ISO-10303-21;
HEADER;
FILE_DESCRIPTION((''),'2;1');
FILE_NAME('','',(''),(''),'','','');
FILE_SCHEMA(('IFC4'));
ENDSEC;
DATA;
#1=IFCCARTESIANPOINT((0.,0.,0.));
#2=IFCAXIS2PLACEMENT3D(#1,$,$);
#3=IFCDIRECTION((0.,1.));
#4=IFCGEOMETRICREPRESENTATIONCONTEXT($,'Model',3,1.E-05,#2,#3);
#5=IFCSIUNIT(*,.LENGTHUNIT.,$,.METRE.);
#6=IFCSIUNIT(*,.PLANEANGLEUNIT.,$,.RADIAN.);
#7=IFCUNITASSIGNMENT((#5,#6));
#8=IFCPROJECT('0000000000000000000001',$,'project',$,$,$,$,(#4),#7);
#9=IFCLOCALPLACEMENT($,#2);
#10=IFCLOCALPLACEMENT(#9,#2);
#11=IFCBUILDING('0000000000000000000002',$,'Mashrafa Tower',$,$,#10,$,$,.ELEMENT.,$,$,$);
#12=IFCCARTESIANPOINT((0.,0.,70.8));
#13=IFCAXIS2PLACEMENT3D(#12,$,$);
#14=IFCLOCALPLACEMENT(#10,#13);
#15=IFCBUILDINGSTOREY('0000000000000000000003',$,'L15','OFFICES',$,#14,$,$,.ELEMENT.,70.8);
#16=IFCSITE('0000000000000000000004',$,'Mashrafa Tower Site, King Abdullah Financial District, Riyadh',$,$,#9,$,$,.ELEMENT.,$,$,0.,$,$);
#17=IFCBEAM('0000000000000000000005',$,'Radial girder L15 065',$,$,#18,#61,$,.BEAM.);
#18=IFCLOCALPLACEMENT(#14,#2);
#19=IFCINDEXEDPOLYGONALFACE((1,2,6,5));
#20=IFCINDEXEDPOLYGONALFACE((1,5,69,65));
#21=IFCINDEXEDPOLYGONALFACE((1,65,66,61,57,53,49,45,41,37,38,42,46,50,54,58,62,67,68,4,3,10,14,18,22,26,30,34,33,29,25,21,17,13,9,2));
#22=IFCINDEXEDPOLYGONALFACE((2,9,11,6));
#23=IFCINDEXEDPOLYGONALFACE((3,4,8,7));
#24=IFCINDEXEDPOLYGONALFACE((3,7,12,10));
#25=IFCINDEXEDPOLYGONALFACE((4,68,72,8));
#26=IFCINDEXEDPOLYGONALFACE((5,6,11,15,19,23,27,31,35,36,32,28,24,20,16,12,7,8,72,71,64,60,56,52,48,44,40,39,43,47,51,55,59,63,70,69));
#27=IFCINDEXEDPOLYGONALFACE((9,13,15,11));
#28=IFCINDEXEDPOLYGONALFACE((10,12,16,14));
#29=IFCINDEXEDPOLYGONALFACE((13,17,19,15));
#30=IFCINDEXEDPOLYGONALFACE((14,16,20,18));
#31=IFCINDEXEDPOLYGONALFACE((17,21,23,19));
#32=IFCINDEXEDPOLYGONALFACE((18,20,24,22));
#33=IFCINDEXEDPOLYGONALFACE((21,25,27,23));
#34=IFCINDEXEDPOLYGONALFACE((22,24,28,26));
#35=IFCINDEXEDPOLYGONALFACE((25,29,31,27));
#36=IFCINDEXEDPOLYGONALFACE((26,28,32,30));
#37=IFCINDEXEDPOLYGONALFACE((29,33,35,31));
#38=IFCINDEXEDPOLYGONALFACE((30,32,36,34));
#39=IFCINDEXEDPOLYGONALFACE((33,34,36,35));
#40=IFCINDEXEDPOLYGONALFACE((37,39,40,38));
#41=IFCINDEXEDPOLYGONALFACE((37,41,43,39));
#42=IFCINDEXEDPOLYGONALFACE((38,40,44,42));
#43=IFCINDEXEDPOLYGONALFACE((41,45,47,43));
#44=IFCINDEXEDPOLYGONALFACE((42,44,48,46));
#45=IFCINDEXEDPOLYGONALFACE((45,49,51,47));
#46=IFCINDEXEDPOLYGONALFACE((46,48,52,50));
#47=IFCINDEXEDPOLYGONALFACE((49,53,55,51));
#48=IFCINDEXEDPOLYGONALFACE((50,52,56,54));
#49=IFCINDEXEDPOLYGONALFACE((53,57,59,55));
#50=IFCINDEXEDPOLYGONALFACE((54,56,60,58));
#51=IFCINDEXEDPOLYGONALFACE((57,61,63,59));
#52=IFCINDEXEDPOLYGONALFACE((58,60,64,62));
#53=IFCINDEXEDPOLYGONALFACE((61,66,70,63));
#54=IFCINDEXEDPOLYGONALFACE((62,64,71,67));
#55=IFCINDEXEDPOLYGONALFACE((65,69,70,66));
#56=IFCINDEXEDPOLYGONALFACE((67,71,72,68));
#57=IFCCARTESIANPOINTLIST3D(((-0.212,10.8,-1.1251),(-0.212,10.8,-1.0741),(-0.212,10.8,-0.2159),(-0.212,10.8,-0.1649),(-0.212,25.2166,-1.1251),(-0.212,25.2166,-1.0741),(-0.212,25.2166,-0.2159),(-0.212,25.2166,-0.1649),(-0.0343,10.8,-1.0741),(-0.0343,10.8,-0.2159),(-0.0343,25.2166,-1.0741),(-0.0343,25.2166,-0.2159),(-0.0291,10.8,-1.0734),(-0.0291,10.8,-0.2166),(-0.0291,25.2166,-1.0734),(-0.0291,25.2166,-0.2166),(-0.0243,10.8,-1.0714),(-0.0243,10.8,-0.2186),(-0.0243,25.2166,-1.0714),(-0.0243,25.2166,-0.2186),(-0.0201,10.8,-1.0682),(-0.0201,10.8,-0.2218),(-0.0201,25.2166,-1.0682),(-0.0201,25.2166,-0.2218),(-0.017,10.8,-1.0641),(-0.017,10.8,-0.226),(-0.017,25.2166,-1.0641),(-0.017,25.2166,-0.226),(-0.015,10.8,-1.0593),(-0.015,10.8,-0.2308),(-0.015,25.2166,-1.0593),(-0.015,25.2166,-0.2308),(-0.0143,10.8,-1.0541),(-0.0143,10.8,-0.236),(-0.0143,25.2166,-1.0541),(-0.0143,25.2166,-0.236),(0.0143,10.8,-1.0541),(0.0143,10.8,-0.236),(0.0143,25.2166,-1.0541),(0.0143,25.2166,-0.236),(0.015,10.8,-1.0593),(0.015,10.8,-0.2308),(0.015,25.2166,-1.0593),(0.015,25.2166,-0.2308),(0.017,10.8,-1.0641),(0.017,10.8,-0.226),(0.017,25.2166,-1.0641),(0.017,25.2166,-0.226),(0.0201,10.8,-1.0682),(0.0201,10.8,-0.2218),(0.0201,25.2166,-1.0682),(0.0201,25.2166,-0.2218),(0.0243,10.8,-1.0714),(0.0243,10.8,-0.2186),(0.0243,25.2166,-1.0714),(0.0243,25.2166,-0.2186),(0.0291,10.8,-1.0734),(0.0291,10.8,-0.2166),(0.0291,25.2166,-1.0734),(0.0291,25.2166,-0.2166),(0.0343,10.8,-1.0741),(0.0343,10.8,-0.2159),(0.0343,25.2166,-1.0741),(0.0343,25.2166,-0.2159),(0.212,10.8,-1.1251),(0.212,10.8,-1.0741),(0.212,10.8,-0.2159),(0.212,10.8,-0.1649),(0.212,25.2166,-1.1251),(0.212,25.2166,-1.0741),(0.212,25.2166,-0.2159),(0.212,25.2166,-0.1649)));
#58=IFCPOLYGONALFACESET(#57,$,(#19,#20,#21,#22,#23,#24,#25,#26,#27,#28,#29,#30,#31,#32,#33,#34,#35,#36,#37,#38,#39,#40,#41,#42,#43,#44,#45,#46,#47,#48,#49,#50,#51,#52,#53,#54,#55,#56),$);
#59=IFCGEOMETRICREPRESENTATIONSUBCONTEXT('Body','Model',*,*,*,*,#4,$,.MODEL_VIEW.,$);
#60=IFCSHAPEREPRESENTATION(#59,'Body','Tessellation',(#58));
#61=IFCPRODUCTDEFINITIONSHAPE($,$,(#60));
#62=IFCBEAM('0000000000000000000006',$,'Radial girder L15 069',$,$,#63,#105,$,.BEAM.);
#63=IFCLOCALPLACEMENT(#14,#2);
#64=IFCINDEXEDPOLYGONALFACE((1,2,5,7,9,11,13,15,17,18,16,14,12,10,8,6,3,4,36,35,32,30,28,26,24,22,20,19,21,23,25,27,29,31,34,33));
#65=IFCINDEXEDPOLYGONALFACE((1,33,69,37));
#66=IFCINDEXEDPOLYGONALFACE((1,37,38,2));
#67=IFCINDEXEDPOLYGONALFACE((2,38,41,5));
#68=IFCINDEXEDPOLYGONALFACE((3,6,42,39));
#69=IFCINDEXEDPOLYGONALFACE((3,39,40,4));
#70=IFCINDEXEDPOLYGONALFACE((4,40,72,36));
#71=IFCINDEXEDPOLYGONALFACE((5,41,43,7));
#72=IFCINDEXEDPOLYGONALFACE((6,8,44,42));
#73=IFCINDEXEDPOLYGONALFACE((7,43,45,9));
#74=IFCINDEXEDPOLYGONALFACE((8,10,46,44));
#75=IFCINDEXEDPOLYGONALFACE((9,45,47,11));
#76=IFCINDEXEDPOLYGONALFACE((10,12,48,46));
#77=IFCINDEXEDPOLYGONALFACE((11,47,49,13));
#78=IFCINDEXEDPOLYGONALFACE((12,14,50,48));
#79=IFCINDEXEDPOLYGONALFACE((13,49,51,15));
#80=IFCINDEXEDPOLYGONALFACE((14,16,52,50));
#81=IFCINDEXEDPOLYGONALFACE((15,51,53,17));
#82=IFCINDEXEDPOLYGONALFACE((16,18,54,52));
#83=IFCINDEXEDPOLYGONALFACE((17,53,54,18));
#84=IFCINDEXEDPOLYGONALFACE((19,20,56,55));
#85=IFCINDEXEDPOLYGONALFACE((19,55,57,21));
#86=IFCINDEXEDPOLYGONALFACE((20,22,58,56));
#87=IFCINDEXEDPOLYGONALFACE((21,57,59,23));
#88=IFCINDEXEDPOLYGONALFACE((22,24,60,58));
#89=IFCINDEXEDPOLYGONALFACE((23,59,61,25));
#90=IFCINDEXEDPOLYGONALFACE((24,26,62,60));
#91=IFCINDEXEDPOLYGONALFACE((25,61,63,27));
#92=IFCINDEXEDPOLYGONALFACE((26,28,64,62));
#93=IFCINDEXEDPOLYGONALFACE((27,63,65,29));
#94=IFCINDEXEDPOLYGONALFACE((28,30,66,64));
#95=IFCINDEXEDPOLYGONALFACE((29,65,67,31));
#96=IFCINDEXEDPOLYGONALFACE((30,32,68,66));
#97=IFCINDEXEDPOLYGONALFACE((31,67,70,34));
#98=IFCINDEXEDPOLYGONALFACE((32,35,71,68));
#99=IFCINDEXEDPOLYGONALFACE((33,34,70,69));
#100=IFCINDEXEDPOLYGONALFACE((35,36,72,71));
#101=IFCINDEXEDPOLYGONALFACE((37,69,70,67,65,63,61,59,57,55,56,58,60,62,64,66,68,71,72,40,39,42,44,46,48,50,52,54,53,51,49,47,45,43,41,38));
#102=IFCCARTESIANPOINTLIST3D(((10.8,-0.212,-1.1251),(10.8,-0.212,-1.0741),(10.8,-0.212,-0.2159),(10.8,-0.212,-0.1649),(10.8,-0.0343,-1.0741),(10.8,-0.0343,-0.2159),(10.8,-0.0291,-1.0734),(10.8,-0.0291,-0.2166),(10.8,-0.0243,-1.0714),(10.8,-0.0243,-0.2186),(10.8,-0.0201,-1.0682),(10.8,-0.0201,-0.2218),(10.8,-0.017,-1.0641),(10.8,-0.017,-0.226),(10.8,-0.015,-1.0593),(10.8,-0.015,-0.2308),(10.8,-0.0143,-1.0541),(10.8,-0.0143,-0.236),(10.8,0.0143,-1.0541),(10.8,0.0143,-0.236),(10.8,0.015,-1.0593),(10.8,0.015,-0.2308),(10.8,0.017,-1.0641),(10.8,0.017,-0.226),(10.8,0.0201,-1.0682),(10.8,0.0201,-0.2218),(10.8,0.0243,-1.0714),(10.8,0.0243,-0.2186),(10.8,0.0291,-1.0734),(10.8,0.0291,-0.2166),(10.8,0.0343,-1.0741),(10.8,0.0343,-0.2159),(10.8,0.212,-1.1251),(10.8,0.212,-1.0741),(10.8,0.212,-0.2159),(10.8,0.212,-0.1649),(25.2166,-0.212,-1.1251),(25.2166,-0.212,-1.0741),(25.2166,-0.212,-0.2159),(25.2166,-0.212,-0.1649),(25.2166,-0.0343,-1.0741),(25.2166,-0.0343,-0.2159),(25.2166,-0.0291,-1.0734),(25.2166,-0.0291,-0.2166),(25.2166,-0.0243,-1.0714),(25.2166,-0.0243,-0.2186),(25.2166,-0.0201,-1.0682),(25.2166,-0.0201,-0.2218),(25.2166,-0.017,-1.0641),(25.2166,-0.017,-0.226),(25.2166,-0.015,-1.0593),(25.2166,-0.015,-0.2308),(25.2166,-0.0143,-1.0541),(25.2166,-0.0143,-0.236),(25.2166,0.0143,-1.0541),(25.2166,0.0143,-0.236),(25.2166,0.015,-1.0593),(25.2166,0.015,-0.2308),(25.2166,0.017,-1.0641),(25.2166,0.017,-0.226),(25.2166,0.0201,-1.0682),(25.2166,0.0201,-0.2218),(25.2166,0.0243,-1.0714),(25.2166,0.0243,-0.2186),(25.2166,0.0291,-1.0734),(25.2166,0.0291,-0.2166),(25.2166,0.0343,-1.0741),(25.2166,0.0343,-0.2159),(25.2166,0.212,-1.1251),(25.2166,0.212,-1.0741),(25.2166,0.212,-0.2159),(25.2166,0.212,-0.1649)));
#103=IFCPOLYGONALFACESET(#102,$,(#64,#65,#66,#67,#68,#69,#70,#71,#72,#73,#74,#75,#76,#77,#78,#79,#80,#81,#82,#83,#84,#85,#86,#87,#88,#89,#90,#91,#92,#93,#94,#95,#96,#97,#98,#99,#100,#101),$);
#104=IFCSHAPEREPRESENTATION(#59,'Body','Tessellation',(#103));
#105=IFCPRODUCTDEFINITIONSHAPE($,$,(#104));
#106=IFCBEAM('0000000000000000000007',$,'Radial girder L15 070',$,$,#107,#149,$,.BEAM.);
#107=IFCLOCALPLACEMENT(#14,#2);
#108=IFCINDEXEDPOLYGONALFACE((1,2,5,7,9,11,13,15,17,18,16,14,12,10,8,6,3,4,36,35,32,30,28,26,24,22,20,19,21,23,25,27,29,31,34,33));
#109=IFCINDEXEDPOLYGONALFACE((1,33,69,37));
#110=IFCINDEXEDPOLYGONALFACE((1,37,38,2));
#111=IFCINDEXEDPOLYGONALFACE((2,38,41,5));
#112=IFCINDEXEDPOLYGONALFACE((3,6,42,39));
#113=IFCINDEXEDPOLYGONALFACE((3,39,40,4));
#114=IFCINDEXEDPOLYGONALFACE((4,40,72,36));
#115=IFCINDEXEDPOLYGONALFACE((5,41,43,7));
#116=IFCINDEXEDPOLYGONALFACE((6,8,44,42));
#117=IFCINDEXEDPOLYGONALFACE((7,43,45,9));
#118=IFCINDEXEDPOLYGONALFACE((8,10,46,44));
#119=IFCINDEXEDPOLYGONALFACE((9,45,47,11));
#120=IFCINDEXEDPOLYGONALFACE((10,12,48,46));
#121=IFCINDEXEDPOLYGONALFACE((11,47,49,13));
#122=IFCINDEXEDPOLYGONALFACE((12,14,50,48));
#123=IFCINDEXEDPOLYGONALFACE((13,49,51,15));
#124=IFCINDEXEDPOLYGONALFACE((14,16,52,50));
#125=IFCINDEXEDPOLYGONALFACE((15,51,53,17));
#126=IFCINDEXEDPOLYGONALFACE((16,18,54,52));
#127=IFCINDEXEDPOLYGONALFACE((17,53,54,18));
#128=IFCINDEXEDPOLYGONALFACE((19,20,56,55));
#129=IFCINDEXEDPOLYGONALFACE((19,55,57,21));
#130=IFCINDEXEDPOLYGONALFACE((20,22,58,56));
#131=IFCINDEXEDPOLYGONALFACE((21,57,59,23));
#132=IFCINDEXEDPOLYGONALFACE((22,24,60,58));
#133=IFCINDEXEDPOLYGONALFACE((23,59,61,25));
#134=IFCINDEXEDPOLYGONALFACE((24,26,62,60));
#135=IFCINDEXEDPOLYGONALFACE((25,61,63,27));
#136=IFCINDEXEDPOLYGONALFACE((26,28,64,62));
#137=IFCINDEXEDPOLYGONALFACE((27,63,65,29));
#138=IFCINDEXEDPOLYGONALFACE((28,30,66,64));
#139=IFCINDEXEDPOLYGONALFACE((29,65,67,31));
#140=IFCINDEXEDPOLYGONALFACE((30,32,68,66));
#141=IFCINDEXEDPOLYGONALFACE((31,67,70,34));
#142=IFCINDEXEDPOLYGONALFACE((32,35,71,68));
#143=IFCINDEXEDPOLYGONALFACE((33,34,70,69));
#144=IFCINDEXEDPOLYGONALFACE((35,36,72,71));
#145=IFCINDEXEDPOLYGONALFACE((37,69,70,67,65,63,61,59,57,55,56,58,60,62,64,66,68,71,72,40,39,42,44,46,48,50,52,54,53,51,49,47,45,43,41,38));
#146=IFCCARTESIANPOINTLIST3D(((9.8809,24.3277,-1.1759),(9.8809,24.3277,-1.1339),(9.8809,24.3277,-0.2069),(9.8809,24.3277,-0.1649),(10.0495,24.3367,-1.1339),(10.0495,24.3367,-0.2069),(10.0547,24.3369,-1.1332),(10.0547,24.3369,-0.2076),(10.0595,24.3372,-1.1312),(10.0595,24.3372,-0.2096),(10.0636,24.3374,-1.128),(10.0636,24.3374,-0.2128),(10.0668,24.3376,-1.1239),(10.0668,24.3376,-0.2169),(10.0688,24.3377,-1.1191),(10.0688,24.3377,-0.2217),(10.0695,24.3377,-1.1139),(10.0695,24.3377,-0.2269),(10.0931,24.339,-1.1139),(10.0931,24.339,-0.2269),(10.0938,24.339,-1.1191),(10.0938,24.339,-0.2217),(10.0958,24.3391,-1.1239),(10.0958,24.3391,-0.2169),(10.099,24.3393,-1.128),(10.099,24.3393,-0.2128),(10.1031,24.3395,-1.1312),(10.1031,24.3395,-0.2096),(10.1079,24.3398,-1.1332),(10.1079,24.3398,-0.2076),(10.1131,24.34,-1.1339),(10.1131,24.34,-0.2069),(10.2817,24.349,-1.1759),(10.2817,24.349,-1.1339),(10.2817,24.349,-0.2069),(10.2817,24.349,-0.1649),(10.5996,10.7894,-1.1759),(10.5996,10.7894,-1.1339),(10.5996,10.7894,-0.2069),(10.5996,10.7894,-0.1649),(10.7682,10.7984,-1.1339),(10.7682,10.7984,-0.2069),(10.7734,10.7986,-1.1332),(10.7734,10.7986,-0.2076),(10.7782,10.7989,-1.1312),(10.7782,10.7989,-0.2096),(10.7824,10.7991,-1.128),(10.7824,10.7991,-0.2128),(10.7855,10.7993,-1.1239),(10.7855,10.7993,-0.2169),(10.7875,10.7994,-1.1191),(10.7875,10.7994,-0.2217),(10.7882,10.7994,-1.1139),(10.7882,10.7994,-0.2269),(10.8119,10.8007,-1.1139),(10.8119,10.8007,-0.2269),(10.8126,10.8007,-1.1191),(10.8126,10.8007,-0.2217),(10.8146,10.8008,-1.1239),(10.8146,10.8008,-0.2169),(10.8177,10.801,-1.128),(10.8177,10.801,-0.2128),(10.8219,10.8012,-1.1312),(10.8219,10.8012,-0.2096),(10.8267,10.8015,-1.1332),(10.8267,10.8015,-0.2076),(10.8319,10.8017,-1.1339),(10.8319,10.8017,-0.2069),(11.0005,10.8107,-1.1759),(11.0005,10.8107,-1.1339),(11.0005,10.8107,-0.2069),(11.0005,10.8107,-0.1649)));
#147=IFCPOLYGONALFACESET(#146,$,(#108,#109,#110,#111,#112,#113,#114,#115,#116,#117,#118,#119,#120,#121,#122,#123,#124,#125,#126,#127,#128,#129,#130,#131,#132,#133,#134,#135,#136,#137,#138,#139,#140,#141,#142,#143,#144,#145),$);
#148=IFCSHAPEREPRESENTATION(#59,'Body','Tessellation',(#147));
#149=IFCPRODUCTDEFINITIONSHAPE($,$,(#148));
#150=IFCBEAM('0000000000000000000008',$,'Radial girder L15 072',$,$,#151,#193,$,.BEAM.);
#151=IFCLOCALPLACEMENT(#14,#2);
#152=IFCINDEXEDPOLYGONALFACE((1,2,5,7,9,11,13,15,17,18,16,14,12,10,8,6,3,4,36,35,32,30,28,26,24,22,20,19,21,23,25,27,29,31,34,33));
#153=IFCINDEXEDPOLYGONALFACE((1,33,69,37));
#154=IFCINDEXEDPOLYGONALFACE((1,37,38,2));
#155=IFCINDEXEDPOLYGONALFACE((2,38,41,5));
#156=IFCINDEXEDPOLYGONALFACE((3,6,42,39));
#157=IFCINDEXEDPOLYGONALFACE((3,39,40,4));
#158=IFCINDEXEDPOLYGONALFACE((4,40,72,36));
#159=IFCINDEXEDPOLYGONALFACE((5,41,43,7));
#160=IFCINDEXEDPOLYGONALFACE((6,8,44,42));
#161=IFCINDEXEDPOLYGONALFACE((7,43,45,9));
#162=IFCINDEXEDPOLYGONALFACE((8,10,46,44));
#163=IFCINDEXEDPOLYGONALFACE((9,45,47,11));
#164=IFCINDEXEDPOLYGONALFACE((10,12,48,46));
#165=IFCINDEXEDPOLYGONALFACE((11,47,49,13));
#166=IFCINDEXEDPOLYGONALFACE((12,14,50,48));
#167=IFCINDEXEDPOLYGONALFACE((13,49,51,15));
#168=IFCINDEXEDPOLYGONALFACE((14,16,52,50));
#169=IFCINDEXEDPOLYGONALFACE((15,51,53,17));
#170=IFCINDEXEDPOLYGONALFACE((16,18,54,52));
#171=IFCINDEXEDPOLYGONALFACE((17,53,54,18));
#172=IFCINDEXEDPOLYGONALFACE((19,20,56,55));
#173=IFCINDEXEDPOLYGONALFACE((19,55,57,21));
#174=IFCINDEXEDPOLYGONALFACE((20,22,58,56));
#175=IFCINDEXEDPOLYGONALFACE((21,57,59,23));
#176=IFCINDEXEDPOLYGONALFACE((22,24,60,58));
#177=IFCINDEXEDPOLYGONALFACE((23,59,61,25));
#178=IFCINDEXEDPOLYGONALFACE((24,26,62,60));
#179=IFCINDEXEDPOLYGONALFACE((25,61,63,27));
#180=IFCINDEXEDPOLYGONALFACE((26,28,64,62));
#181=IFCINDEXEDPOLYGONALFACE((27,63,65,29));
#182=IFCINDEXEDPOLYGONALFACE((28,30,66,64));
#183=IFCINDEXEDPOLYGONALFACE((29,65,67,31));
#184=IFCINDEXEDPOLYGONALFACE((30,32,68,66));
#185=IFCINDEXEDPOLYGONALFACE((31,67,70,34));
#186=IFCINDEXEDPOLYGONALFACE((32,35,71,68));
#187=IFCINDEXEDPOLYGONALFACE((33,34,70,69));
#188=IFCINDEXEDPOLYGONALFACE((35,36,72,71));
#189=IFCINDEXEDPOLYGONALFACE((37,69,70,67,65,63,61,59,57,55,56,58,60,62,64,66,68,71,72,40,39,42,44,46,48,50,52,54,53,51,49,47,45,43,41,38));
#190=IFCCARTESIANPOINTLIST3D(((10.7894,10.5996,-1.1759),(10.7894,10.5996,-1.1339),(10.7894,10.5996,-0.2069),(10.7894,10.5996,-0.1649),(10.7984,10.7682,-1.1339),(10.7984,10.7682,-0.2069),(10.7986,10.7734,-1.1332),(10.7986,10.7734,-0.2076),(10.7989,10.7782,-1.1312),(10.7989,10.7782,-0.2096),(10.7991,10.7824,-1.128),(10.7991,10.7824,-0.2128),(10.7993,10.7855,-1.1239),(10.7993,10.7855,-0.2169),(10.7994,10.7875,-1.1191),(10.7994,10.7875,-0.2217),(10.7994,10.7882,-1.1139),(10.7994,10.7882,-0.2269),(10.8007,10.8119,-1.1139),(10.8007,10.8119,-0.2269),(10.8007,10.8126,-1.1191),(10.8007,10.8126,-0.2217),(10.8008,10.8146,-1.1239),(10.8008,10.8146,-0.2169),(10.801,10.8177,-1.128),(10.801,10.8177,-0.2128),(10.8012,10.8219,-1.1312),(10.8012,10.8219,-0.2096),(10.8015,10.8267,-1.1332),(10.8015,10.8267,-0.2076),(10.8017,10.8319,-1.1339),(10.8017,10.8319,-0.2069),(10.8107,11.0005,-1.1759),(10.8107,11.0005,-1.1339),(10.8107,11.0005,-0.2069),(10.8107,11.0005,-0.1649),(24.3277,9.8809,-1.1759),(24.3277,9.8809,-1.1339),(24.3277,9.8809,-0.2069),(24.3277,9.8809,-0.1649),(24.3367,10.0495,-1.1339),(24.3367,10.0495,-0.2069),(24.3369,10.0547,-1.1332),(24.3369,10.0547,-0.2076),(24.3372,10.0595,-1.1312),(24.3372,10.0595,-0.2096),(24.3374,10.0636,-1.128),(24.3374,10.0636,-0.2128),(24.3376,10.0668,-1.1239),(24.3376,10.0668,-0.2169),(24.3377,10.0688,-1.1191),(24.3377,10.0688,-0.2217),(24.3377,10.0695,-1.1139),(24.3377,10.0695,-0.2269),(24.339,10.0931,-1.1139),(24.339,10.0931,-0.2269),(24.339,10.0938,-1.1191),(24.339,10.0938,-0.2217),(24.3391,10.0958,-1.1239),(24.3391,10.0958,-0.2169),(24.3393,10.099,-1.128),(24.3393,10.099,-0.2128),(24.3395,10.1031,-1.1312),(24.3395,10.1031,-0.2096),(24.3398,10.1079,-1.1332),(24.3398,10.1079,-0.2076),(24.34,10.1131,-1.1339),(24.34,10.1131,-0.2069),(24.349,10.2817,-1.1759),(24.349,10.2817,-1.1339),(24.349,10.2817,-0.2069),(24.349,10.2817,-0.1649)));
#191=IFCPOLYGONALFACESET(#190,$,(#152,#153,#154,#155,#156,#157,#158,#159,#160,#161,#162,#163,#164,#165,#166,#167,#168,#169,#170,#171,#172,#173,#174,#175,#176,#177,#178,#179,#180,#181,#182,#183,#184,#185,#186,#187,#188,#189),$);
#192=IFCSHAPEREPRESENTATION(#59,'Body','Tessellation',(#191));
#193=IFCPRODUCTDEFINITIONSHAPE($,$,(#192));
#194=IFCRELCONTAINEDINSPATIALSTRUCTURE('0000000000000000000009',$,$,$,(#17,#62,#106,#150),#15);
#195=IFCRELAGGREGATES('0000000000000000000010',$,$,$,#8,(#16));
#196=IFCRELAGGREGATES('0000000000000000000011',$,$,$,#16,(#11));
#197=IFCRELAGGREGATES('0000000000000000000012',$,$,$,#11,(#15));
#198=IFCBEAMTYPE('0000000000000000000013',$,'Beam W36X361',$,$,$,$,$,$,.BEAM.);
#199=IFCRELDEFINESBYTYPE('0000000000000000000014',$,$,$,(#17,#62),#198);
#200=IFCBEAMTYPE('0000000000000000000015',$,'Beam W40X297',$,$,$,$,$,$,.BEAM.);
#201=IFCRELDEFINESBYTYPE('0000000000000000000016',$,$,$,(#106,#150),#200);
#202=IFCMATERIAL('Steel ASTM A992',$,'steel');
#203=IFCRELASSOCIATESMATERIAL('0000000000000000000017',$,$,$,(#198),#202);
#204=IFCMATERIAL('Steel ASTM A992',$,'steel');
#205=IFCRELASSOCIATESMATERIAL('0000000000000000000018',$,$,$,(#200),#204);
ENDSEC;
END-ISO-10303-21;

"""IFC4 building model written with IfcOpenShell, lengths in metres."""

from ifc_helpers import new_model, si_unit, direction, frame, origin, origin_2d, place, context, subcontext, project, spatial, i_section, extrude, material, material_profile, profile_set, type_object, element, save


model = new_model("IFC4")

# Units and contexts
model_context = context("Model", 3, precision=1e-05, world=origin(), true_north=direction((0.0, 1.0)))
body_context = subcontext(model_context, "Body", "Model", "MODEL_VIEW")
ifc_project = project(units=[si_unit("LENGTHUNIT", "METRE"), si_unit("PLANEANGLEUNIT", "RADIAN")], contexts=[model_context])

# Site, building, storey
site_placement = place(None, origin())
site = spatial("IfcSite", under=ifc_project, at=site_placement, Name="Mashrafa Tower Site, King Abdullah Financial District, Riyadh", CompositionType="ELEMENT", RefElevation=0.0)
building_placement = place(site_placement, origin())
building = spatial("IfcBuilding", under=site, at=building_placement, Name="Mashrafa Tower", CompositionType="ELEMENT")
storey_placement = place(building_placement, frame((0.0, 0.0, 70.8)))
storey = spatial("IfcBuildingStorey", under=building, at=storey_placement, Name="L15", Description="OFFICES", CompositionType="ELEMENT", Elevation=70.8)

# Beams
ifc_material_1 = material(Name="Steel ASTM A992", Category="steel")
ifc_material_profile_1 = material_profile(ifc_material_1, i_section(OverallWidth=0.4241, OverallDepth=0.9602, WebThickness=0.0286, FlangeThickness=0.051, FilletRadius=0.02, at=origin_2d()), Name="W36X361")
ifc_profile_set_1 = profile_set([ifc_material_profile_1], Name="Steel ASTM A992")
beam_type_1 = type_object("IfcBeamType", Name="Beam W36X361", PredefinedType="BEAM", material=ifc_profile_set_1)
for number, where, z_axis, x_axis, name in (
    (1, (0.0, 10.8, -0.645), (0.0, 1.0, 0.0), (-1.0, 0.0, 0.0), "Radial girder L15 065"),
    (2, (10.8, 0.0, -0.645), (1.0, 0.0, 0.0), (0.0, 1.0, 0.0), "Radial girder L15 069"),
):
    element("IfcBeam", number, at=place(storey_placement, frame(where, z_axis=z_axis, x_axis=x_axis)), inside=storey, type_object=beam_type_1, Name=name, PredefinedType="BEAM", context=body_context, shape_type="SweptSolid", body=[
        extrude(i_section(OverallWidth=0.4241, OverallDepth=0.9602, WebThickness=0.0286, FlangeThickness=0.051, FilletRadius=0.02, at=origin_2d()), origin(), (0.0, 0.0, 1.0), 14.4165),
    ])
ifc_material_2 = material(Name="Steel ASTM A992", Category="steel")
ifc_material_profile_2 = material_profile(ifc_material_2, i_section(OverallWidth=0.4014, OverallDepth=1.011, WebThickness=0.0237, FlangeThickness=0.042, FilletRadius=0.02, at=origin_2d()), Name="W40X297")
ifc_profile_set_2 = profile_set([ifc_material_profile_2], Name="Steel ASTM A992")
beam_type_2 = type_object("IfcBeamType", Name="Beam W40X297", PredefinedType="BEAM", material=ifc_profile_set_2)
for number, where, z_axis, x_axis, name in (
    (3, (10.8, 10.8, -0.6704), (-0.053015, 0.998594, 0.0), (-0.998594, -0.053015, 0.0), "Radial girder L15 070"),
    (4, (10.8, 10.8, -0.6704), (0.998594, -0.053015, 0.0), (0.053015, 0.998594, 0.0), "Radial girder L15 072"),
):
    element("IfcBeam", number, at=place(storey_placement, frame(where, z_axis=z_axis, x_axis=x_axis)), inside=storey, type_object=beam_type_2, Name=name, PredefinedType="BEAM", context=body_context, shape_type="SweptSolid", body=[
        extrude(i_section(OverallWidth=0.4014, OverallDepth=1.011, WebThickness=0.0237, FlangeThickness=0.042, FilletRadius=0.02, at=origin_2d()), origin(), (0.0, 0.0, 1.0), 13.5574),
    ])

save(model, "model.ifc")
